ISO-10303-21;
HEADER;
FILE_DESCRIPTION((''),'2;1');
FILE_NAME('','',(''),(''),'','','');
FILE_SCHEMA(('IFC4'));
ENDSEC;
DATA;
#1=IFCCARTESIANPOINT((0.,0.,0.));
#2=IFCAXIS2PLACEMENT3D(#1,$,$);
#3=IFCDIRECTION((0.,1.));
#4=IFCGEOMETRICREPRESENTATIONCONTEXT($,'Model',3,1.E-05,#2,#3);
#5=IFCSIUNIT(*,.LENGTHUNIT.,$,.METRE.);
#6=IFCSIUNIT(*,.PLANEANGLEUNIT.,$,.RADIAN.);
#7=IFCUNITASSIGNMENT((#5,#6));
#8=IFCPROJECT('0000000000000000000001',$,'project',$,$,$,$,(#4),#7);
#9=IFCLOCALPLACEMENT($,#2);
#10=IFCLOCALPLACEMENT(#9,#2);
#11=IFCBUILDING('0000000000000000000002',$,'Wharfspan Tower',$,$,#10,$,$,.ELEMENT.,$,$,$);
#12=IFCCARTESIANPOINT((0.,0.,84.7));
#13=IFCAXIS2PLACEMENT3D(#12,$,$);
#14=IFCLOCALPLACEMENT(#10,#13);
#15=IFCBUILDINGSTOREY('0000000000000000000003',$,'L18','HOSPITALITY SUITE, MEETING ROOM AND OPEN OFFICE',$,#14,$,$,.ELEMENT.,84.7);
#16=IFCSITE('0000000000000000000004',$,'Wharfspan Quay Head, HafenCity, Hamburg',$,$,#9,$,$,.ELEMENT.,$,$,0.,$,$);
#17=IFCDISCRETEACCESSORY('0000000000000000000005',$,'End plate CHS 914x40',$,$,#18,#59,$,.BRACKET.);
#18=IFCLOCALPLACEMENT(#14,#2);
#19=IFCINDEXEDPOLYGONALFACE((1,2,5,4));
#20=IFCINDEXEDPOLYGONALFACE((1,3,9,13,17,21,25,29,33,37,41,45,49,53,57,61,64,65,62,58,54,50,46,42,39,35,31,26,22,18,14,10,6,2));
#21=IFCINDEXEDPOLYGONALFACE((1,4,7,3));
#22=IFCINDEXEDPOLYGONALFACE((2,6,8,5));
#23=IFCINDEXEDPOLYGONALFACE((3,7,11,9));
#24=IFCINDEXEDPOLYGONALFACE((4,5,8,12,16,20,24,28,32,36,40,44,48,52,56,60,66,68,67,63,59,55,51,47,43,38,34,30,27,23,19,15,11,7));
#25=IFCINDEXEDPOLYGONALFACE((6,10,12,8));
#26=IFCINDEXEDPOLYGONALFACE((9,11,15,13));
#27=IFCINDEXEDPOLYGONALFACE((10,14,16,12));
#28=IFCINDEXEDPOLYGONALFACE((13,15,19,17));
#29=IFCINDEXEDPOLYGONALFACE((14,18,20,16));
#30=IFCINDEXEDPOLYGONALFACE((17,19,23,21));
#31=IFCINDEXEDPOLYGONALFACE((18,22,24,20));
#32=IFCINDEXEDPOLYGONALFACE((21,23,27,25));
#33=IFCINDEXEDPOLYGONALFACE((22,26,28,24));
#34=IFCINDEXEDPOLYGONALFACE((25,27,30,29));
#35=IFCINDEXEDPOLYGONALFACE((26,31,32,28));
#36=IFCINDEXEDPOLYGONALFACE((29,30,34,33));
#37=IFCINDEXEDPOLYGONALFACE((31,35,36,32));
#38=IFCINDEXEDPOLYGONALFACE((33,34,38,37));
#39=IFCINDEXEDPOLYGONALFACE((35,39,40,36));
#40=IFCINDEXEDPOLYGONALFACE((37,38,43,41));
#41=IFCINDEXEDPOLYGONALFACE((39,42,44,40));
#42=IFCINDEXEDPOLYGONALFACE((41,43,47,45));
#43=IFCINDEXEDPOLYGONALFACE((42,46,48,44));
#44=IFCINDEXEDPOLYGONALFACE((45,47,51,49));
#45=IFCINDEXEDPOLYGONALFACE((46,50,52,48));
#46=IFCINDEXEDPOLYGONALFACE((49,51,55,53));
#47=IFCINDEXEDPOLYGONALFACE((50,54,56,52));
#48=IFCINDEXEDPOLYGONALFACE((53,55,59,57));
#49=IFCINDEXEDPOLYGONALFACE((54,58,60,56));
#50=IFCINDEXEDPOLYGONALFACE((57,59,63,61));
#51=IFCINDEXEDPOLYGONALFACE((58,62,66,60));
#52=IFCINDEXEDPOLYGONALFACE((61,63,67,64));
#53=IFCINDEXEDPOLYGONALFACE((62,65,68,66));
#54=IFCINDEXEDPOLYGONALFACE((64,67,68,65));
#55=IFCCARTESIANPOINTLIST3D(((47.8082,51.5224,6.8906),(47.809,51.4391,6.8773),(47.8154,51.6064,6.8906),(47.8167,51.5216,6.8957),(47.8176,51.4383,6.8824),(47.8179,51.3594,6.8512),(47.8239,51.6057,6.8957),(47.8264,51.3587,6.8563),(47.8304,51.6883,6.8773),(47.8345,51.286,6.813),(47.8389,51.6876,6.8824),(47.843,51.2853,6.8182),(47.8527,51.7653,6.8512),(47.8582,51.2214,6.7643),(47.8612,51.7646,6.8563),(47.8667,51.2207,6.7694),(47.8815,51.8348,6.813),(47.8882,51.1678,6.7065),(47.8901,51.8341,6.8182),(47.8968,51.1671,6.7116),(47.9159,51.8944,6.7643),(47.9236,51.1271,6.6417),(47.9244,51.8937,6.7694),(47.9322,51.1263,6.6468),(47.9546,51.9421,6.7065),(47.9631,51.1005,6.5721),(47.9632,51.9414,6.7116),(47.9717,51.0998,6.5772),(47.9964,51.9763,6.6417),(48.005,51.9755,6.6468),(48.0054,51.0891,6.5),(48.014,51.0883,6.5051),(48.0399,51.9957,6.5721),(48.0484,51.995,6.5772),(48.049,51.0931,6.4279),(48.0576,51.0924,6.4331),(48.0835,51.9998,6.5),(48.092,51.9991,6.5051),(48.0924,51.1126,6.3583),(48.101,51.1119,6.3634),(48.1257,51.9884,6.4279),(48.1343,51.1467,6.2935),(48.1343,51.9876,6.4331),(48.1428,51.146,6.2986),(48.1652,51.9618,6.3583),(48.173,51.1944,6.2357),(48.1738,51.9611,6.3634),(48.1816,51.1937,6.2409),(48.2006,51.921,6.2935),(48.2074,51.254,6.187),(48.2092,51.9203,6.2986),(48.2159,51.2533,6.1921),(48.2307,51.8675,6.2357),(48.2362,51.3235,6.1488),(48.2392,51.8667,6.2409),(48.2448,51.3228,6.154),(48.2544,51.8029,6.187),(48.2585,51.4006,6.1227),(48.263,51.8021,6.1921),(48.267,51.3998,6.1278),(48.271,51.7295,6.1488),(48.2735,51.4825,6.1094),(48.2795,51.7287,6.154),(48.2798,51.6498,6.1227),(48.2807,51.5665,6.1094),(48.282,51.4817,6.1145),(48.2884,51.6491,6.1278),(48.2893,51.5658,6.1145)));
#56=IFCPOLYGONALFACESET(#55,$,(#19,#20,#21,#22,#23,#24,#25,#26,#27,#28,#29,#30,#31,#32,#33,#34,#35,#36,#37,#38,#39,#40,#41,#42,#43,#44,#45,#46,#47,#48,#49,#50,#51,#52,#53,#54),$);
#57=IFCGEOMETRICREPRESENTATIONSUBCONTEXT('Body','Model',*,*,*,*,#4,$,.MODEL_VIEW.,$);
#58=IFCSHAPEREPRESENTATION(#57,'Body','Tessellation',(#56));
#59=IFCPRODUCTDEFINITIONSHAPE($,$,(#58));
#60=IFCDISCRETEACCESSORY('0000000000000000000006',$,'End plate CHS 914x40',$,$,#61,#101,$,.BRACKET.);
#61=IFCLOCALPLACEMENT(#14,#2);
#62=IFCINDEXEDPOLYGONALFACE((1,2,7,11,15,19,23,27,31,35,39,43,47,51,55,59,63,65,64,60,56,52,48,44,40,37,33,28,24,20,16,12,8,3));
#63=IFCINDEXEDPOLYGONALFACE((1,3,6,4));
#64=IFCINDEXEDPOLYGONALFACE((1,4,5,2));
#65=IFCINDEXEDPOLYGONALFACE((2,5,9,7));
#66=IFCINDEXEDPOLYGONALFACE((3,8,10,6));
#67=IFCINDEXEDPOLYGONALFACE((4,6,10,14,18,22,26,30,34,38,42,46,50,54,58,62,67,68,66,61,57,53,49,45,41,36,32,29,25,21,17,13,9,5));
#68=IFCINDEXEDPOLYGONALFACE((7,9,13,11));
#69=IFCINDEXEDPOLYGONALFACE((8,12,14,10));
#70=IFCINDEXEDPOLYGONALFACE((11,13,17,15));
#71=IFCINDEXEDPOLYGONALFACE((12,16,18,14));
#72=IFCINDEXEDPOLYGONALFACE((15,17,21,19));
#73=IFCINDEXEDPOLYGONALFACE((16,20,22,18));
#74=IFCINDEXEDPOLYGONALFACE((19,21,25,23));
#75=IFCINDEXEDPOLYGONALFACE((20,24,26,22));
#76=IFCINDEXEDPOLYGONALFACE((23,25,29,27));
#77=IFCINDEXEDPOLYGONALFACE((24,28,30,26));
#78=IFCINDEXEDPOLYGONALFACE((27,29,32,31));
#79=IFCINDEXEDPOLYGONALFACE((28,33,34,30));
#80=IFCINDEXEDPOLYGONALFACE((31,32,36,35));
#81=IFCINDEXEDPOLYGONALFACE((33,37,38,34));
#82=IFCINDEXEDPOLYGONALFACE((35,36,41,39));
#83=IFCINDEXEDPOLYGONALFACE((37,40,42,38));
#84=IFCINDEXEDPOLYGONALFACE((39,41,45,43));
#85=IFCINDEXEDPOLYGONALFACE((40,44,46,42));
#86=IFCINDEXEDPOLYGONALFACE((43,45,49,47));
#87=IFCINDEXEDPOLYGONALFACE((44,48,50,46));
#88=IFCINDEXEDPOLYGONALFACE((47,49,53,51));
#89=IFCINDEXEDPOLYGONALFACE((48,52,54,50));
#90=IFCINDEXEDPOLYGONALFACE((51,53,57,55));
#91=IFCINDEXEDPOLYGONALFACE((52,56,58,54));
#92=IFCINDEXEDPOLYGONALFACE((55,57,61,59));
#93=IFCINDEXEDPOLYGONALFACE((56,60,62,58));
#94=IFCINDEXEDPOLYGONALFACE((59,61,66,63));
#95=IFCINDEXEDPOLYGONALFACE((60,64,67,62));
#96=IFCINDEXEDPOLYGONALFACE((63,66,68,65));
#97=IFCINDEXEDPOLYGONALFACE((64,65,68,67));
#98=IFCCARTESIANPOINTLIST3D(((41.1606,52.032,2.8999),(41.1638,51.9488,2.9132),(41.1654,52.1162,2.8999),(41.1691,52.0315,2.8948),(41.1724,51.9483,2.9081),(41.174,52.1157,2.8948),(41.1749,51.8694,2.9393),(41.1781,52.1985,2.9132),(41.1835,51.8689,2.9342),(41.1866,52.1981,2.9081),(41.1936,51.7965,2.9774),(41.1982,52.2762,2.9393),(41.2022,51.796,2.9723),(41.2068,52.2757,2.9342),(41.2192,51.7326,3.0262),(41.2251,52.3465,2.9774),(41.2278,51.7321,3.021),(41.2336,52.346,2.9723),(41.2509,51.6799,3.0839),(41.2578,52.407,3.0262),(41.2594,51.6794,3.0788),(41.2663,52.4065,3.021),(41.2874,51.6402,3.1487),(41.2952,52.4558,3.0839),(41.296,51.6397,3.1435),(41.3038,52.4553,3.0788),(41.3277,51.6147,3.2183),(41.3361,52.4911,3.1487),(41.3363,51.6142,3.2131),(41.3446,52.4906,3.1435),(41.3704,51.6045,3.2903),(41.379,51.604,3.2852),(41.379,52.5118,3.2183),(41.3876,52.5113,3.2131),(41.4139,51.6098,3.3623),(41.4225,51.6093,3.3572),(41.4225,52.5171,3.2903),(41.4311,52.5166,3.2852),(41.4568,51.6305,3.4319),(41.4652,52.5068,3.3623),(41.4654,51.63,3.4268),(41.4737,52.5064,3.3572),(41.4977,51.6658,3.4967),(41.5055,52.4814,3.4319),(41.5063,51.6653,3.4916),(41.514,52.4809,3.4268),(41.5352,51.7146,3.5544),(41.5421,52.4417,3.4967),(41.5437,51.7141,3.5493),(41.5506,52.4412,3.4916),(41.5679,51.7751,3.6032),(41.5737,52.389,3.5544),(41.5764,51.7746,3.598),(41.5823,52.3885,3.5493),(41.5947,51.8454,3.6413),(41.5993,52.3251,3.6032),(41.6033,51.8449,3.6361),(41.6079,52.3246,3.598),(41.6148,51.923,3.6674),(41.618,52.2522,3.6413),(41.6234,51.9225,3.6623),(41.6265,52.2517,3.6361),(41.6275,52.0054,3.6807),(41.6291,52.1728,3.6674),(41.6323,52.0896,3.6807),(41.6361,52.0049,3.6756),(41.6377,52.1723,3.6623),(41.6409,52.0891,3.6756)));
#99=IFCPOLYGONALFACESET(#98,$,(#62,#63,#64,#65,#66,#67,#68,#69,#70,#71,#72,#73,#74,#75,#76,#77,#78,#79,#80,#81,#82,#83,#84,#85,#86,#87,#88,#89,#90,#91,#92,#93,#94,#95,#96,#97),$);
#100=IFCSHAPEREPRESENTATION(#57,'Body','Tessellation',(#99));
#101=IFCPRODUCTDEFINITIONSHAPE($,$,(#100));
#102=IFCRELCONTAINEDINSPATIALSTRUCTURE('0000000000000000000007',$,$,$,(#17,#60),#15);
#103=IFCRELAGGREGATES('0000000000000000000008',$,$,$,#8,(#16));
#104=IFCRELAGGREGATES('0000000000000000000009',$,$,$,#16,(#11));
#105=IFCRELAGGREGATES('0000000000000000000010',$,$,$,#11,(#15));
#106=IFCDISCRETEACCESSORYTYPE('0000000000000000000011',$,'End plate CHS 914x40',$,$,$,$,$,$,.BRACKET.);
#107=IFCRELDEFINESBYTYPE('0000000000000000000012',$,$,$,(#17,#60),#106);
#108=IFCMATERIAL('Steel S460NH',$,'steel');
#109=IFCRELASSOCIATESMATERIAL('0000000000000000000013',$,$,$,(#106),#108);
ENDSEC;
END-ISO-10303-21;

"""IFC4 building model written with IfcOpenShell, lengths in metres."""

from ifc_helpers import new_model, si_unit, direction, frame, origin, origin_2d, place, context, subcontext, project, spatial, circle, extrude, material, material_profile, profile_set, type_object, element, save


model = new_model("IFC4")

# Units and contexts
model_context = context("Model", 3, precision=1e-05, world=origin(), true_north=direction((0.0, 1.0)))
body_context = subcontext(model_context, "Body", "Model", "MODEL_VIEW")
ifc_project = project(units=[si_unit("LENGTHUNIT", "METRE"), si_unit("PLANEANGLEUNIT", "RADIAN")], contexts=[model_context])

# Site, building, storey
site_placement = place(None, origin())
site = spatial("IfcSite", under=ifc_project, at=site_placement, Name="Wharfspan Quay Head, HafenCity, Hamburg", CompositionType="ELEMENT", RefElevation=0.0)
building_placement = place(site_placement, origin())
building = spatial("IfcBuilding", under=site, at=building_placement, Name="Wharfspan Tower", CompositionType="ELEMENT")
storey_placement = place(building_placement, frame((0.0, 0.0, 84.7)))
storey = spatial("IfcBuildingStorey", under=building, at=storey_placement, Name="L18", Description="HOSPITALITY SUITE, MEETING ROOM AND OPEN OFFICE", CompositionType="ELEMENT", Elevation=84.7)

# Shared definitions
ifc_material_1 = material(Name="Steel S460NH", Category="steel")

# Discrete accessories
ifc_material_profile_1 = material_profile(ifc_material_1, circle(Radius=0.457, at=origin_2d()))
ifc_profile_set_1 = profile_set([ifc_material_profile_1], Name="Steel S460NH")
discrete_accessory_type = type_object("IfcDiscreteAccessoryType", Name="End plate CHS 914x40", PredefinedType="BRACKET", material=ifc_profile_set_1)
for number, where, z_axis, x_axis, name in (
    (1, (48.0444, 51.5444, 6.5), (0.855186, -0.073302, 0.513112), (0.085402, 0.996345, -0.000001), "End plate CHS 914x40"),
    (2, (41.405, 52.0603, 3.2852), (-0.856465, 0.048941, 0.513879), (-0.05705, -0.998372, 0.0), "End plate CHS 914x40"),
):
    element("IfcDiscreteAccessory", number, at=place(storey_placement, frame(where, z_axis=z_axis, x_axis=x_axis)), inside=storey, type_object=discrete_accessory_type, Name=name, PredefinedType="BRACKET", context=body_context, shape_type="SweptSolid", body=[
        extrude(circle(Radius=0.457, at=origin_2d()), origin(), (0.0, 0.0, 1.0), 0.01),
    ])

save(model, "model.ifc")
